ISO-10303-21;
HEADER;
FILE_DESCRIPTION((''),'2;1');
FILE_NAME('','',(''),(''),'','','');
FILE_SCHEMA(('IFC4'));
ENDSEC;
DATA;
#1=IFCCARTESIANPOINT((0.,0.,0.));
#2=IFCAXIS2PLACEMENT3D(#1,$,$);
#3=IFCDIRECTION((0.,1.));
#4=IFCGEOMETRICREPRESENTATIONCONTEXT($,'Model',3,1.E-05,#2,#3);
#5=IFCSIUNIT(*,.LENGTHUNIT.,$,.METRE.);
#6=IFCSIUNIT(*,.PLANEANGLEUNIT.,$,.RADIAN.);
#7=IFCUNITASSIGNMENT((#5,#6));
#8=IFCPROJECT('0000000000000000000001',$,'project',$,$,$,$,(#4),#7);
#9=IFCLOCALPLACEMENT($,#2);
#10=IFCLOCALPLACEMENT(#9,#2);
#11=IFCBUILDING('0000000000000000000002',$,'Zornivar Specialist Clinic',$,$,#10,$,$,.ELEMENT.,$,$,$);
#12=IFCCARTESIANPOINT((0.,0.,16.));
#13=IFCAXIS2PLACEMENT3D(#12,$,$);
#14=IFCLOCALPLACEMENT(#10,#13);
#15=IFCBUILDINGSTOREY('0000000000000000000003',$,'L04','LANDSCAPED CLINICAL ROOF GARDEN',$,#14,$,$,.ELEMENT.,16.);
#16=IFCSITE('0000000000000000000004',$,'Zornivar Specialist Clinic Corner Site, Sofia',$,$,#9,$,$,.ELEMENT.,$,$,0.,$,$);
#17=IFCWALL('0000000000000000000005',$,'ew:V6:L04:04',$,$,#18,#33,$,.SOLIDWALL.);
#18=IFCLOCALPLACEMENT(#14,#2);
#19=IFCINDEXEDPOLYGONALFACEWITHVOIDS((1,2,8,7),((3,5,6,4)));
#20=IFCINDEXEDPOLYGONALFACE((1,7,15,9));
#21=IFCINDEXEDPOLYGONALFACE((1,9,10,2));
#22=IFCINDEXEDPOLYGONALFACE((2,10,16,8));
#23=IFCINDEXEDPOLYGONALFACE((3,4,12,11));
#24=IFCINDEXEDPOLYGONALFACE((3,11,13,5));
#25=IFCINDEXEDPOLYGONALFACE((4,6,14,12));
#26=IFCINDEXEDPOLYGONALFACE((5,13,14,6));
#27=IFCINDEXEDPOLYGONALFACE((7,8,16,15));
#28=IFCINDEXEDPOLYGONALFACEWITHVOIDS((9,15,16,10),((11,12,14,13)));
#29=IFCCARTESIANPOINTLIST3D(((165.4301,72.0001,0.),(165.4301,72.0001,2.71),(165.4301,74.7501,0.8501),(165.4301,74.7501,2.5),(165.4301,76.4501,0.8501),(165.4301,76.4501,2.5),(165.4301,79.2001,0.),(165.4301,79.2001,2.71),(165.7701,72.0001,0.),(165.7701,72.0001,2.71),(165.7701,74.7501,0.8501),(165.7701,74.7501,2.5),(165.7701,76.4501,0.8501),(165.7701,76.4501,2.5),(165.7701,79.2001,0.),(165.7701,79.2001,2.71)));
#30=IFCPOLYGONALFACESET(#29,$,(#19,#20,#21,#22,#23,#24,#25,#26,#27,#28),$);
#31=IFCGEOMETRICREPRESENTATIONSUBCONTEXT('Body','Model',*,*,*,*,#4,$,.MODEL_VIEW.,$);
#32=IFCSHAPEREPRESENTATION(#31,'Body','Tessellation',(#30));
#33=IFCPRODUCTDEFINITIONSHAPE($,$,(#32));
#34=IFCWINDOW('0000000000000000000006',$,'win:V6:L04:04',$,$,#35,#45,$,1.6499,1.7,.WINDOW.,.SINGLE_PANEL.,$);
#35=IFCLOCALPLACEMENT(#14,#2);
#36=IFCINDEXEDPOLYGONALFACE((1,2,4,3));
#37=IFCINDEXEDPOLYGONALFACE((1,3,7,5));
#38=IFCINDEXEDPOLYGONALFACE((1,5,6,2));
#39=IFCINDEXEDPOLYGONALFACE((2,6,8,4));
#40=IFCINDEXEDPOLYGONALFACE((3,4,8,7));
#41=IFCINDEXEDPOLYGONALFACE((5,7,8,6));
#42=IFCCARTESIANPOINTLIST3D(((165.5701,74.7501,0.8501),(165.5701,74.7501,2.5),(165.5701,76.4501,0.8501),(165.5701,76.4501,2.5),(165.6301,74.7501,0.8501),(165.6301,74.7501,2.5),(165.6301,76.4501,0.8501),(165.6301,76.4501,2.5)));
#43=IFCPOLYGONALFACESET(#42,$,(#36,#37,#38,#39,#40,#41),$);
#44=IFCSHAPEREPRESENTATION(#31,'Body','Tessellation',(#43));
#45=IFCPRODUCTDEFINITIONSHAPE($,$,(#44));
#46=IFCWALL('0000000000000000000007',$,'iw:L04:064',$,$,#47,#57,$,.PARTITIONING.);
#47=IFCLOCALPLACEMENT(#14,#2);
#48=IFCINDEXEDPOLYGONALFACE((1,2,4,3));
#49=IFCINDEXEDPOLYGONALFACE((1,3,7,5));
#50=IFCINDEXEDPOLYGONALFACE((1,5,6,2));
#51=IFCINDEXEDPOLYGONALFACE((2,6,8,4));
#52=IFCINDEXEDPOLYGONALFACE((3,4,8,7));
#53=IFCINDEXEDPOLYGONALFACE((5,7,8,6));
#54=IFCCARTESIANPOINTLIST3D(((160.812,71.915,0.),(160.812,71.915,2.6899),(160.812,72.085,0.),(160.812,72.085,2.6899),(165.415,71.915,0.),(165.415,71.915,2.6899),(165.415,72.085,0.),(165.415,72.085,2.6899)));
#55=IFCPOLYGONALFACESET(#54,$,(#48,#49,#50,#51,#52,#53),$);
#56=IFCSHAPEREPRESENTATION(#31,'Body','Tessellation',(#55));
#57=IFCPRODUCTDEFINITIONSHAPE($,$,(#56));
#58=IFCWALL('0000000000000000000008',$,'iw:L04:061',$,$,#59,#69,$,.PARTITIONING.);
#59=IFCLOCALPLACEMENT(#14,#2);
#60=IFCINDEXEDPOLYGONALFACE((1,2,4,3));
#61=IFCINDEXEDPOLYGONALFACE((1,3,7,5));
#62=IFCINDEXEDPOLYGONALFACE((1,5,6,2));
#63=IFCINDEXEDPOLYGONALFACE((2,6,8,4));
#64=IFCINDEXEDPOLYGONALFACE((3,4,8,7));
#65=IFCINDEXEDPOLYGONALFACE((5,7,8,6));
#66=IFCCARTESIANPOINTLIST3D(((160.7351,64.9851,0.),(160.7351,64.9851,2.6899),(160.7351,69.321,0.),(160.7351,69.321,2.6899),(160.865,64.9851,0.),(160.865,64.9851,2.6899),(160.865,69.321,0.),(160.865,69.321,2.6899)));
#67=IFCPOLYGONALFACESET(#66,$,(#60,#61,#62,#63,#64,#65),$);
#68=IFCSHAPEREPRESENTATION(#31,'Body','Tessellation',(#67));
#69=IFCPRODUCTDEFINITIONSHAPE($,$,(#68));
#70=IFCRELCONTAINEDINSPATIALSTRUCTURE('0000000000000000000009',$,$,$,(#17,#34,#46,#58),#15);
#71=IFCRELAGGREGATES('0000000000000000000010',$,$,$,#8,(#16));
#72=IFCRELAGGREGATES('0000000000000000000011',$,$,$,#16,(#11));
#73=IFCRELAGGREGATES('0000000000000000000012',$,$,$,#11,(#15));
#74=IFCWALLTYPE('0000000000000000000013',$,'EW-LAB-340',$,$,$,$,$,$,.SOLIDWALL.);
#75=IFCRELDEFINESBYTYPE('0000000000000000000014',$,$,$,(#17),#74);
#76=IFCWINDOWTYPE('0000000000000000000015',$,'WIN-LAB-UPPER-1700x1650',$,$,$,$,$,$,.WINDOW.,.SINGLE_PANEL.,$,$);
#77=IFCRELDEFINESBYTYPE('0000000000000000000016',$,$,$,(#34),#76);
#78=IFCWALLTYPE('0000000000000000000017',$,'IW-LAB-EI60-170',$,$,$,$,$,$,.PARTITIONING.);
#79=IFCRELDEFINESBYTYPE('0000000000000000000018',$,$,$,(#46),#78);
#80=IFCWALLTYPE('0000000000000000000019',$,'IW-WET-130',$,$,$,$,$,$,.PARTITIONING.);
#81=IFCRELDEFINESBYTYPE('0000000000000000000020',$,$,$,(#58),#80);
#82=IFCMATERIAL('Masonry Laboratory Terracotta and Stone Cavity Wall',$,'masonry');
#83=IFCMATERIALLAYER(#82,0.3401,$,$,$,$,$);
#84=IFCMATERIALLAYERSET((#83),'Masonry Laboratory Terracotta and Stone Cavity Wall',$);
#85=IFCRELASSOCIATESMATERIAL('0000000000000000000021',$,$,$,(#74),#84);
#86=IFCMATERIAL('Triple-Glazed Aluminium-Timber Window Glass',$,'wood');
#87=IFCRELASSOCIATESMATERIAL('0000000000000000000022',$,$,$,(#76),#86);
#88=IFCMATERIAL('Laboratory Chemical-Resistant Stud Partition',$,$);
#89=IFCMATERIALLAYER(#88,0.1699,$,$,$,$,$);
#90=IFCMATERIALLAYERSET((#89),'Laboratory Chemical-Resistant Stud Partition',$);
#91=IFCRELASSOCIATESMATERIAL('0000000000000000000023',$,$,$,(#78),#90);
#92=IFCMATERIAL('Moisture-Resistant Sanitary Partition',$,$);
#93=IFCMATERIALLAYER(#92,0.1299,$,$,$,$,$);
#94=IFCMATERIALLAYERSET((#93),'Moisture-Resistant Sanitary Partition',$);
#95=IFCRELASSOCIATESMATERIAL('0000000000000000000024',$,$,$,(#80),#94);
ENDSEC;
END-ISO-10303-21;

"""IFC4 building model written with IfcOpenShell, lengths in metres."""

from ifc_helpers import new_model, si_unit, direction, frame, frame_2d, origin, place, context, subcontext, project, spatial, rectangle, extrude, material, layer, layer_set, type_object, element, fill, save


model = new_model("IFC4")

# Units and contexts
model_context = context("Model", 3, precision=1e-05, world=origin(), true_north=direction((0.0, 1.0)))
body_context = subcontext(model_context, "Body", "Model", "MODEL_VIEW")
ifc_project = project(units=[si_unit("LENGTHUNIT", "METRE"), si_unit("PLANEANGLEUNIT", "RADIAN")], contexts=[model_context])

# Site, building, storey
site_placement = place(None, origin())
site = spatial("IfcSite", under=ifc_project, at=site_placement, Name="Zornivar Specialist Clinic Corner Site, Sofia", CompositionType="ELEMENT", RefElevation=0.0)
building_placement = place(site_placement, origin())
building = spatial("IfcBuilding", under=site, at=building_placement, Name="Zornivar Specialist Clinic", CompositionType="ELEMENT")
storey_placement = place(building_placement, frame((0.0, 0.0, 16.0)))
storey = spatial("IfcBuildingStorey", under=building, at=storey_placement, Name="L04", Description="LANDSCAPED CLINICAL ROOF GARDEN", CompositionType="ELEMENT", Elevation=16.0)

# Wall, opening, window
ifc_material_1 = material(Name="Masonry Laboratory Terracotta and Stone Cavity Wall", Category="masonry")
ifc_layer_1 = layer(ifc_material_1, 0.3401)
ifc_layer_set_1 = layer_set([ifc_layer_1], Name="Masonry Laboratory Terracotta and Stone Cavity Wall")
wall_type_1 = type_object("IfcWallType", Name="EW-LAB-340", PredefinedType="SOLIDWALL", material=ifc_layer_set_1)
ifc_material_2 = material(Name="Triple-Glazed Aluminium-Timber Window Glass", Category="wood")
window_type = type_object("IfcWindowType", Name="WIN-LAB-UPPER-1700x1650", PartitioningType="SINGLE_PANEL", PredefinedType="WINDOW", material=ifc_material_2)
wall_1_placement = place(storey_placement, frame((165.6001, 72.0, 0.0), z_axis=(0.0, 0.0, 1.0), x_axis=(0.0, 1.0, 0.0)))
wall_1 = element("IfcWall", 1, at=wall_1_placement, inside=storey, type_object=wall_type_1, Name="ew:V6:L04:04", PredefinedType="SOLIDWALL", context=body_context, shape_type="SweptSolid", body=[
    extrude(rectangle(XDim=7.2, YDim=0.3401, at=frame_2d((3.6001, 0.0))), origin(), (0.0, 0.0, 1.0), 2.71),
])
opening_1_placement = place(wall_1_placement, frame((2.75, 0.0, 0.8501)))
opening_1 = element("IfcOpeningElement", 2, at=opening_1_placement, cuts=wall_1, PredefinedType="OPENING", context=body_context, shape_type="SweptSolid", body=[
    extrude(rectangle(XDim=1.7, YDim=1.6499, at=frame_2d((0.8501, 0.825))), frame((0.0, 0.1799, 0.0), z_axis=(0.0, -1.0, 0.0), x_axis=(1.0, 0.0, 0.0)), (0.0, 0.0, 1.0), 0.3601),
])
window_1_placement = place(opening_1_placement, origin())
window_1 = element("IfcWindow", 3, at=window_1_placement, inside=storey, type_object=window_type, Name="win:V6:L04:04", OverallHeight=1.6499, OverallWidth=1.7, PartitioningType="SINGLE_PANEL", PredefinedType="WINDOW", context=body_context, shape_type="SweptSolid", body=[
    extrude(rectangle(XDim=1.7, YDim=1.6499, at=frame_2d((0.8501, 0.825))), frame((0.0, 0.03, 0.0), z_axis=(0.0, -1.0, 0.0), x_axis=(1.0, 0.0, 0.0)), (0.0, 0.0, 1.0), 0.0601),
])
fill(opening_1, window_1)

# Walls
ifc_material_3 = material(Name="Laboratory Chemical-Resistant Stud Partition")
ifc_layer_2 = layer(ifc_material_3, 0.1699)
ifc_layer_set_2 = layer_set([ifc_layer_2], Name="Laboratory Chemical-Resistant Stud Partition")
wall_type_2 = type_object("IfcWallType", Name="IW-LAB-EI60-170", PredefinedType="PARTITIONING", material=ifc_layer_set_2)
wall_2_placement = place(storey_placement, frame((160.812, 72.0, 0.0), z_axis=(0.0, 0.0, 1.0), x_axis=(1.0, 0.0, 0.0)))
element("IfcWall", 4, at=wall_2_placement, inside=storey, type_object=wall_type_2, Name="iw:L04:064", PredefinedType="PARTITIONING", context=body_context, shape_type="SweptSolid", body=[
    extrude(rectangle(XDim=4.603, YDim=0.1699, at=frame_2d((2.3015, 0.0))), origin(), (0.0, 0.0, 1.0), 2.6899),
])
ifc_material_4 = material(Name="Moisture-Resistant Sanitary Partition")
ifc_layer_3 = layer(ifc_material_4, 0.1299)
ifc_layer_set_3 = layer_set([ifc_layer_3], Name="Moisture-Resistant Sanitary Partition")
wall_type_3 = type_object("IfcWallType", Name="IW-WET-130", PredefinedType="PARTITIONING", material=ifc_layer_set_3)
wall_3_placement = place(storey_placement, frame((160.8, 69.321, 0.0), z_axis=(0.0, 0.0, 1.0), x_axis=(0.0, -1.0, 0.0)))
element("IfcWall", 5, at=wall_3_placement, inside=storey, type_object=wall_type_3, Name="iw:L04:061", PredefinedType="PARTITIONING", context=body_context, shape_type="SweptSolid", body=[
    extrude(rectangle(XDim=4.3359, YDim=0.1299, at=frame_2d((2.168, 0.0))), origin(), (0.0, 0.0, 1.0), 2.6899),
])

save(model, "model.ifc")
